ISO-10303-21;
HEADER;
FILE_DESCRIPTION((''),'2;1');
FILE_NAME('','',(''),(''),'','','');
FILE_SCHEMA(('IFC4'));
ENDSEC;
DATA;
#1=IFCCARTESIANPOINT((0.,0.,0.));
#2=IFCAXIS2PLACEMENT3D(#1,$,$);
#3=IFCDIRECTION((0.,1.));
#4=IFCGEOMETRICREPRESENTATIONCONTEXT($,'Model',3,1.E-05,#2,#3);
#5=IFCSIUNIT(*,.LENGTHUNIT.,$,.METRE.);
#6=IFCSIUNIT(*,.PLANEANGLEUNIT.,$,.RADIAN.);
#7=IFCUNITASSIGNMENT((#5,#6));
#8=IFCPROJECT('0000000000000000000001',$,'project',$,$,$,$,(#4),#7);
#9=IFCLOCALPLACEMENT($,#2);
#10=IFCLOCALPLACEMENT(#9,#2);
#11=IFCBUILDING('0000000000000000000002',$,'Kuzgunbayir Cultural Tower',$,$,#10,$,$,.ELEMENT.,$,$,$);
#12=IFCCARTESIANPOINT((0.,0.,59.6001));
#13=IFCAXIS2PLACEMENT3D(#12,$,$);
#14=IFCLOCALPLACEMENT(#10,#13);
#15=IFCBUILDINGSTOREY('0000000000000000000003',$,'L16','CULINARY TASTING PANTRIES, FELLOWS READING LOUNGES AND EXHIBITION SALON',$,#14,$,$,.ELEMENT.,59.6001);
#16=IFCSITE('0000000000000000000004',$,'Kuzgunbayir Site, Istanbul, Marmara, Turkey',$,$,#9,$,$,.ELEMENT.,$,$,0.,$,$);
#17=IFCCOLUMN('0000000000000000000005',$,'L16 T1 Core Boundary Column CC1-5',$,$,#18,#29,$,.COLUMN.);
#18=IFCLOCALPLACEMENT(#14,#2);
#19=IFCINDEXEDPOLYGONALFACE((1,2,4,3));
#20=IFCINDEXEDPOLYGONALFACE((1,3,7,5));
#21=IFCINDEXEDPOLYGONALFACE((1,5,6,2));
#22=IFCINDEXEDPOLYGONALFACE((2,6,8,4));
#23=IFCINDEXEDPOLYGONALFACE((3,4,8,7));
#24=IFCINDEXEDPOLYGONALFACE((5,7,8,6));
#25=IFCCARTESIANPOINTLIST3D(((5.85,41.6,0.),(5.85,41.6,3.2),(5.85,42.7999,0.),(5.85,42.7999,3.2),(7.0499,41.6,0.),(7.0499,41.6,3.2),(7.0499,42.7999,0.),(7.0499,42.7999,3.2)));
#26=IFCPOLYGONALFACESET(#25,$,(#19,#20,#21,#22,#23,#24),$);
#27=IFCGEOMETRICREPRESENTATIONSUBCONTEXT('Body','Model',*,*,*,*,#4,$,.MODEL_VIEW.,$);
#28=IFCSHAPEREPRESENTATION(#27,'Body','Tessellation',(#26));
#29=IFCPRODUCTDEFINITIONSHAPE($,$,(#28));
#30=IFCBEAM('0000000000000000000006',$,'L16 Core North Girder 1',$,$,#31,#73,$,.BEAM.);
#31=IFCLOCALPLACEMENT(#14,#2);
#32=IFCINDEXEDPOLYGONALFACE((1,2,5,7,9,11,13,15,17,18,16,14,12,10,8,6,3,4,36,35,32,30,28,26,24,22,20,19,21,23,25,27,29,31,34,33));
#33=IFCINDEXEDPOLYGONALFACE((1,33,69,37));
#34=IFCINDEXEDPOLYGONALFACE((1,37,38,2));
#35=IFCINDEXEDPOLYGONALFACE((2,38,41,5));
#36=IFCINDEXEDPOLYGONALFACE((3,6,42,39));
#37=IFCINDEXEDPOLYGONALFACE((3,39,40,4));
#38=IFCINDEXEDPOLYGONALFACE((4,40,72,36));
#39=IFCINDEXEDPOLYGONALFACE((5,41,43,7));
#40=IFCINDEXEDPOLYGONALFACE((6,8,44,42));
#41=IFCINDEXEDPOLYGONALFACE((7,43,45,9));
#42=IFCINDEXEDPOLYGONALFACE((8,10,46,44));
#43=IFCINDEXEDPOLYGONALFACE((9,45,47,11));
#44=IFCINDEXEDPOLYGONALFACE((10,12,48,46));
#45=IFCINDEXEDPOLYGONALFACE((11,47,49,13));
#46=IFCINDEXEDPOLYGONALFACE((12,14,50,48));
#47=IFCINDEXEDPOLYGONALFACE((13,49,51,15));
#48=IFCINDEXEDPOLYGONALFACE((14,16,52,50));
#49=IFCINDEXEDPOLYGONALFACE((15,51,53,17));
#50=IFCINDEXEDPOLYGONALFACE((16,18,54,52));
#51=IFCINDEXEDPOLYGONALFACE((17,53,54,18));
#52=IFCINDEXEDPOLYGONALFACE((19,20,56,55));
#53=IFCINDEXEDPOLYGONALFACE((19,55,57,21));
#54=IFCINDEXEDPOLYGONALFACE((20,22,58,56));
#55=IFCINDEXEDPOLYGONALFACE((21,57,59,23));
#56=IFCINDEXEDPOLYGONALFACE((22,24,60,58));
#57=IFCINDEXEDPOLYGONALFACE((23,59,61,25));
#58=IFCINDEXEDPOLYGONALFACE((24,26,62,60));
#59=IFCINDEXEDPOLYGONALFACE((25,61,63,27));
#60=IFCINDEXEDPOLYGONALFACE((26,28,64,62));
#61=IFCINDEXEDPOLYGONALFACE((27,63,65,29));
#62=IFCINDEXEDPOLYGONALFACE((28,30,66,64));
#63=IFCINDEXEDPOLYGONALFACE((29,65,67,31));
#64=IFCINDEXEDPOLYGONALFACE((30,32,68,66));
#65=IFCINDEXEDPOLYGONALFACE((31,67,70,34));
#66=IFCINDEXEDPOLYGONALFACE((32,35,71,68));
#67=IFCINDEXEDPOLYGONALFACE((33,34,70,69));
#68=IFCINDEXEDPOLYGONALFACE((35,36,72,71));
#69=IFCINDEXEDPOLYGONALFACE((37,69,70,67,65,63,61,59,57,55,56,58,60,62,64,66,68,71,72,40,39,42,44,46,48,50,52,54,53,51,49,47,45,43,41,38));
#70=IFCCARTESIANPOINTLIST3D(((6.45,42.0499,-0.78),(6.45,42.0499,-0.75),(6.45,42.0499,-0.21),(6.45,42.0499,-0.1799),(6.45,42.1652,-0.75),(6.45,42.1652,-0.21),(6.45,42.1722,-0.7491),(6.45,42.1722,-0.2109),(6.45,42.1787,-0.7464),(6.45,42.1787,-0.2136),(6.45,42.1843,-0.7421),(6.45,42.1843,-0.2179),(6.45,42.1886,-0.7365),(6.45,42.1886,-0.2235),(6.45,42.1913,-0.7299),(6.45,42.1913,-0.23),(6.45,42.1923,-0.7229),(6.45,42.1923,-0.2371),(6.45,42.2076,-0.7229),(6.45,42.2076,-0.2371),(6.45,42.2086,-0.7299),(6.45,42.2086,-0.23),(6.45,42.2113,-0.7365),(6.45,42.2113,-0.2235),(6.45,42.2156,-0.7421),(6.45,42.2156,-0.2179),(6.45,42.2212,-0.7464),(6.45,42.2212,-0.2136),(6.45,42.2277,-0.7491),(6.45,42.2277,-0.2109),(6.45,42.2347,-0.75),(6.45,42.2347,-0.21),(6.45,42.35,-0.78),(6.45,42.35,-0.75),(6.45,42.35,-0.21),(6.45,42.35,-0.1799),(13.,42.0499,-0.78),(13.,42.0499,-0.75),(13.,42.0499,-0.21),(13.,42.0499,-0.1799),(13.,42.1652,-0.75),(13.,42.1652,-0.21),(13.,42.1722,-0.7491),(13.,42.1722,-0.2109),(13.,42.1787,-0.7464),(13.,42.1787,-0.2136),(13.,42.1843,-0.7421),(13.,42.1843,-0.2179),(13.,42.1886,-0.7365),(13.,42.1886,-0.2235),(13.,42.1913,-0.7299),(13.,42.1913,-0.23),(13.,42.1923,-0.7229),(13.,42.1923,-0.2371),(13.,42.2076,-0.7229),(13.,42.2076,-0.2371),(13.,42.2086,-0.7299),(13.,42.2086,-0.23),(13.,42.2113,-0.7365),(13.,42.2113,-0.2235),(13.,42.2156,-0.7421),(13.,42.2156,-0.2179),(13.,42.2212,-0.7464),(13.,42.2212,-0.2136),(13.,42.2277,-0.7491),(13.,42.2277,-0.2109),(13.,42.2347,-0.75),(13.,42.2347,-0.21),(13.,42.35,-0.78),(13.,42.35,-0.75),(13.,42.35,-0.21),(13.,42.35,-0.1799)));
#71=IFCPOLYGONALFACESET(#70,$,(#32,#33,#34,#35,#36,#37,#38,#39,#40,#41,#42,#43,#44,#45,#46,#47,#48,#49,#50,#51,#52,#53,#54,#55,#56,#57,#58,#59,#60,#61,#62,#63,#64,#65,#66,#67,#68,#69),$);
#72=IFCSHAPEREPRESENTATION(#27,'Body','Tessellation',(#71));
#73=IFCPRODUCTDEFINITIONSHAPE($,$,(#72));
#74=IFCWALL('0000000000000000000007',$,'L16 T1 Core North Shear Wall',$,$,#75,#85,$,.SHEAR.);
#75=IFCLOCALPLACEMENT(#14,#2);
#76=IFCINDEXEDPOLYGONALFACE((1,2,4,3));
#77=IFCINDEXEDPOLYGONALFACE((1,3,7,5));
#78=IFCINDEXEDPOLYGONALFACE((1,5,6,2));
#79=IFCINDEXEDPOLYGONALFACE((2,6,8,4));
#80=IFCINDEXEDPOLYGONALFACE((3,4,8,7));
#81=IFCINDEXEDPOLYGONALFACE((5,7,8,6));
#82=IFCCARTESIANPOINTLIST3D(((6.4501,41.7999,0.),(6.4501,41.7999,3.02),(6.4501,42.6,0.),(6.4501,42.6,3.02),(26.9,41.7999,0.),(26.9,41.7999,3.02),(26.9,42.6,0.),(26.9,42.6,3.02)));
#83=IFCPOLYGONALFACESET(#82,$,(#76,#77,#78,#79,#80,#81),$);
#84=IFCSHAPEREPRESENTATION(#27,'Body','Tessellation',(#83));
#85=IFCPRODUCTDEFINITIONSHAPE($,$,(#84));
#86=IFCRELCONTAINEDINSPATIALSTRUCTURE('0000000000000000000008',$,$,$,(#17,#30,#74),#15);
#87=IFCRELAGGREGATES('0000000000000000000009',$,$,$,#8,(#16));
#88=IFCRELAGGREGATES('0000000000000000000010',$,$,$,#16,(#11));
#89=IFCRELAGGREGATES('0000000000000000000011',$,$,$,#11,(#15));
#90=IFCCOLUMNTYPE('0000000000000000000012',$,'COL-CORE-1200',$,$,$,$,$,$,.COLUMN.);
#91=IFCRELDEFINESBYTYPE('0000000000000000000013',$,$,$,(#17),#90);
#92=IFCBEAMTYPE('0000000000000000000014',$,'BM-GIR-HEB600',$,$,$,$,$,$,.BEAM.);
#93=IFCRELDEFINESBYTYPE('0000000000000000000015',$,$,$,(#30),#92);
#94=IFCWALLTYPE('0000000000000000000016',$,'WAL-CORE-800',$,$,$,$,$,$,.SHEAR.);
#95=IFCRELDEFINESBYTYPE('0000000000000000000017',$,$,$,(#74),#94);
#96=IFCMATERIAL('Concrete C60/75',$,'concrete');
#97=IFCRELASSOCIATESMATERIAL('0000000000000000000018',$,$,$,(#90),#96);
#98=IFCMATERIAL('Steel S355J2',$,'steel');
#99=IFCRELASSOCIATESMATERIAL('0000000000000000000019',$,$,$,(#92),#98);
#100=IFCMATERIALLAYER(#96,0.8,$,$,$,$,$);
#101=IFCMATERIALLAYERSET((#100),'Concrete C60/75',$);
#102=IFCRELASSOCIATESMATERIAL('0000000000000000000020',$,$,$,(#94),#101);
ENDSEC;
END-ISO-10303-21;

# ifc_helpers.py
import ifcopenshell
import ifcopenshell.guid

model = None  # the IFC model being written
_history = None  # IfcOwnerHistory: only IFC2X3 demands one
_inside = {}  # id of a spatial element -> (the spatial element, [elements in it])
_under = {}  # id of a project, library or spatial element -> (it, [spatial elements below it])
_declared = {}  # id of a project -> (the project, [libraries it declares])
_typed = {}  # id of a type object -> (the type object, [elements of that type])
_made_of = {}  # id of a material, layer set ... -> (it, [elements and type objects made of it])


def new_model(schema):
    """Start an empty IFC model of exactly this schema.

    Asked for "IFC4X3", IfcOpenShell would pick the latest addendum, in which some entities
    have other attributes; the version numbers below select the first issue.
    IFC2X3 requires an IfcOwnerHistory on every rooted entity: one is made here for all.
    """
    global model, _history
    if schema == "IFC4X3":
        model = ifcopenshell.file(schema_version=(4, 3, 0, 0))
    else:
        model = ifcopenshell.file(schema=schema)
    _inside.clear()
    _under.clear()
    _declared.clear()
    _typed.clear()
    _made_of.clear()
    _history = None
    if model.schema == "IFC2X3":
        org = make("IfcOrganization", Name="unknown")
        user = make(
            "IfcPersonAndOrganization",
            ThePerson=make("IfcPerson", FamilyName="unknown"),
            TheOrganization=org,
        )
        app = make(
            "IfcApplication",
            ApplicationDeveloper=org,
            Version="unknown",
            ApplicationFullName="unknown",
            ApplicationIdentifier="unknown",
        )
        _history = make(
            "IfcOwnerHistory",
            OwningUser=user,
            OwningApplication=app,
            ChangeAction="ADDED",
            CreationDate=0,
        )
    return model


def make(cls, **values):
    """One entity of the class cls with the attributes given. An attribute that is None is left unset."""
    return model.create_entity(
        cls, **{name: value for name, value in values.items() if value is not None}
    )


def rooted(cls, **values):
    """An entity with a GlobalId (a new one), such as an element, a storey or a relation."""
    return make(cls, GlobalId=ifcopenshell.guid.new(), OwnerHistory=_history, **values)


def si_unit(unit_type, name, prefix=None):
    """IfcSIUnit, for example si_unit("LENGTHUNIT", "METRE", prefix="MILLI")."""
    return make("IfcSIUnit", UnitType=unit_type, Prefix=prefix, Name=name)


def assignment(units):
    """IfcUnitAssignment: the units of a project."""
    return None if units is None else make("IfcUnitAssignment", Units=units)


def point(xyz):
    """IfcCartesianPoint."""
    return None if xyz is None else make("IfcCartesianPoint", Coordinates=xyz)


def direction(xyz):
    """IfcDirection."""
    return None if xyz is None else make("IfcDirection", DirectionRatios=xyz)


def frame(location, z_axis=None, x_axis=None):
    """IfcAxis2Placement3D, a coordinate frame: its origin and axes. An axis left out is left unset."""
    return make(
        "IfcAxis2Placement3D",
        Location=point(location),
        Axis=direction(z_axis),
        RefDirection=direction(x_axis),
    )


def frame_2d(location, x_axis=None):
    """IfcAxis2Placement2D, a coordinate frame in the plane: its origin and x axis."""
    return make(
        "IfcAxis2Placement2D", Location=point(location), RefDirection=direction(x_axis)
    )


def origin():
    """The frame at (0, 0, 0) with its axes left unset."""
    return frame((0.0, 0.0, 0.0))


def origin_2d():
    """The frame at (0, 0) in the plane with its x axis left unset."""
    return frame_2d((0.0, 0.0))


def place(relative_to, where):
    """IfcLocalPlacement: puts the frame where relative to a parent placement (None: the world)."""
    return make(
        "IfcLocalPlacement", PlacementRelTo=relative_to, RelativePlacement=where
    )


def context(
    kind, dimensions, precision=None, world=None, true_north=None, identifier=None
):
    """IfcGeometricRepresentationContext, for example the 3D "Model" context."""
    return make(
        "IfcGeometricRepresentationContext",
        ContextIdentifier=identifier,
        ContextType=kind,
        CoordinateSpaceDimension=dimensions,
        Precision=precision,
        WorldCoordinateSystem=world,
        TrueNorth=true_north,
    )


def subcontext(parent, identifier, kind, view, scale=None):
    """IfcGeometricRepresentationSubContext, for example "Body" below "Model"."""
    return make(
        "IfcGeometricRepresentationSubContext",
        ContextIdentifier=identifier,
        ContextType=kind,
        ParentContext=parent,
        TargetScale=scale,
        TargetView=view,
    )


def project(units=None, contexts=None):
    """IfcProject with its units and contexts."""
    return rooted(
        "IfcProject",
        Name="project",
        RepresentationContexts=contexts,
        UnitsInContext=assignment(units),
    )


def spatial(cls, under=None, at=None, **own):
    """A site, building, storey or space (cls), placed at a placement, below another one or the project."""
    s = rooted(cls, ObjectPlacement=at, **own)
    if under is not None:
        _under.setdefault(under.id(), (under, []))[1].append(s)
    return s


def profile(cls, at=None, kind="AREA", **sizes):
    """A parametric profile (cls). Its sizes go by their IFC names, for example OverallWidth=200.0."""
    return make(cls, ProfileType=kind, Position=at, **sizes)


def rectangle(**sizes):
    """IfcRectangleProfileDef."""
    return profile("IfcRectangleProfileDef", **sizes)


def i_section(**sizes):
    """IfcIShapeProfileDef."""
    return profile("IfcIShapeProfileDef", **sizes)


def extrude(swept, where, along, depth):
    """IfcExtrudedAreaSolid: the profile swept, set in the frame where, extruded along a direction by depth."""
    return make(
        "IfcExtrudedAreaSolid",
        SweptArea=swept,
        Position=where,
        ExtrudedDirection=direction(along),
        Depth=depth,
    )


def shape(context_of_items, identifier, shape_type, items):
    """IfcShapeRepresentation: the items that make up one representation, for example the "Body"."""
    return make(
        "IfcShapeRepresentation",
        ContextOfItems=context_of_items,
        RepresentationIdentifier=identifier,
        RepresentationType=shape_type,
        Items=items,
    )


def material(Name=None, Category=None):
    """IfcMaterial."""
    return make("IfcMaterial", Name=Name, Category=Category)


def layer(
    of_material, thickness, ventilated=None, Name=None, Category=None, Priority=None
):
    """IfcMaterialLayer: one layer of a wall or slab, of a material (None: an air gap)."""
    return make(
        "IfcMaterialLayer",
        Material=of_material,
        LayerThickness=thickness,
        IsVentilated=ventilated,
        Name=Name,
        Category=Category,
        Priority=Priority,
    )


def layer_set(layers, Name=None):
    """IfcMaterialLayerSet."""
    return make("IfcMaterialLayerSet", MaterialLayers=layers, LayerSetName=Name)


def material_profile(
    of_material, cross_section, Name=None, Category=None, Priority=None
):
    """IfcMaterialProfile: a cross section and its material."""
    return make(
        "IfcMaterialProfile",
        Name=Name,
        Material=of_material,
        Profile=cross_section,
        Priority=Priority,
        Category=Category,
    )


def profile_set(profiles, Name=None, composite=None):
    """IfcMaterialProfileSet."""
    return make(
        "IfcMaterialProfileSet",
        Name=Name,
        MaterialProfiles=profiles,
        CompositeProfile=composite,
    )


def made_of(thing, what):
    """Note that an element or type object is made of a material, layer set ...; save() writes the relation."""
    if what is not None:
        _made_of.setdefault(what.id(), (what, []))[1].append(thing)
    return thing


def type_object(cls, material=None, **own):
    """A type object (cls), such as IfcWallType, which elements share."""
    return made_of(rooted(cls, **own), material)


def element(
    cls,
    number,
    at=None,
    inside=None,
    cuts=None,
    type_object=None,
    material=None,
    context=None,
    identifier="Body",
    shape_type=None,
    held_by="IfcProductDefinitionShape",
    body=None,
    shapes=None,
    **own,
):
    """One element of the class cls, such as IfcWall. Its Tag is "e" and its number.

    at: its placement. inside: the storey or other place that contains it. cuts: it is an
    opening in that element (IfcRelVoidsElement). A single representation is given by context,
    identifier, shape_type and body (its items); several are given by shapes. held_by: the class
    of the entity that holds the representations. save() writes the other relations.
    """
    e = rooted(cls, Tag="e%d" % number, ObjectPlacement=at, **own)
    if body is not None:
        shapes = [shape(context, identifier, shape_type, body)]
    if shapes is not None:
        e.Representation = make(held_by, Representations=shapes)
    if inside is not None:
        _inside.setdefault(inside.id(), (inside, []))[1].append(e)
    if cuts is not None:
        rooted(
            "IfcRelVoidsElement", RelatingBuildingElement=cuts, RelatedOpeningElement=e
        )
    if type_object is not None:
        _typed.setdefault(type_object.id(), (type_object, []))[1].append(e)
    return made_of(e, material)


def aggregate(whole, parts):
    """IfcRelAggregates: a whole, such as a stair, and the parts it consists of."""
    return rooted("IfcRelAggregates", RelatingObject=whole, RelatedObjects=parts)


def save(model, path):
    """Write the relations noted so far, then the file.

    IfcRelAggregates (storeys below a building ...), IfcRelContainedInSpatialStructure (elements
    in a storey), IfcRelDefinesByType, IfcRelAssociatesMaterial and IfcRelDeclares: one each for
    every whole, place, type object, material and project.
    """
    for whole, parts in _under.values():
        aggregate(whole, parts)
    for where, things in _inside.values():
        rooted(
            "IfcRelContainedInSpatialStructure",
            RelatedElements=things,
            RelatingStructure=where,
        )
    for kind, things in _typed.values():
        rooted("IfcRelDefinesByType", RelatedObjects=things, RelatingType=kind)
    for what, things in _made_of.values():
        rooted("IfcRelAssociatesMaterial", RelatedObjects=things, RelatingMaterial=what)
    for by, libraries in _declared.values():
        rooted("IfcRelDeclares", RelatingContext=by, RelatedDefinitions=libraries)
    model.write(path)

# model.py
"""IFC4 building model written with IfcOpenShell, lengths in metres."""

from ifc_helpers import new_model, si_unit, direction, frame, frame_2d, origin, origin_2d, place, context, subcontext, project, spatial, rectangle, i_section, extrude, material, layer, layer_set, material_profile, profile_set, type_object, element, save


model = new_model("IFC4")

# Units and contexts
model_context = context("Model", 3, precision=1e-05, world=origin(), true_north=direction((0.0, 1.0)))
body_context = subcontext(model_context, "Body", "Model", "MODEL_VIEW")
ifc_project = project(units=[si_unit("LENGTHUNIT", "METRE"), si_unit("PLANEANGLEUNIT", "RADIAN")], contexts=[model_context])

# Site, building, storey
site_placement = place(None, origin())
site = spatial("IfcSite", under=ifc_project, at=site_placement, Name="Kuzgunbayir Site, Istanbul, Marmara, Turkey", CompositionType="ELEMENT", RefElevation=0.0)
building_placement = place(site_placement, origin())
building = spatial("IfcBuilding", under=site, at=building_placement, Name="Kuzgunbayir Cultural Tower", CompositionType="ELEMENT")
storey_placement = place(building_placement, frame((0.0, 0.0, 59.6001)))
storey = spatial("IfcBuildingStorey", under=building, at=storey_placement, Name="L16", Description="CULINARY TASTING PANTRIES, FELLOWS READING LOUNGES AND EXHIBITION SALON", CompositionType="ELEMENT", Elevation=59.6001)

# Column
ifc_material_1 = material(Name="Concrete C60/75", Category="concrete")
ifc_material_profile_1 = material_profile(ifc_material_1, rectangle(XDim=1.2, YDim=1.2, at=origin_2d()), Name="RC 1200x1200")
ifc_profile_set_1 = profile_set([ifc_material_profile_1], Name="Concrete C60/75")
column_type = type_object("IfcColumnType", Name="COL-CORE-1200", PredefinedType="COLUMN", material=ifc_profile_set_1)
column_placement = place(storey_placement, frame((6.45, 42.2, 0.0), z_axis=(0.0, 0.0, 1.0), x_axis=(1.0, 0.0, 0.0)))
element("IfcColumn", 1, at=column_placement, inside=storey, type_object=column_type, Name="L16 T1 Core Boundary Column CC1-5", PredefinedType="COLUMN", context=body_context, shape_type="SweptSolid", body=[
    extrude(rectangle(XDim=1.2, YDim=1.2, at=origin_2d()), origin(), (0.0, 0.0, 1.0), 3.2),
])

# Beam
ifc_material_2 = material(Name="Steel S355J2", Category="steel")
ifc_material_profile_2 = material_profile(ifc_material_2, i_section(OverallWidth=0.3, OverallDepth=0.6001, WebThickness=0.0154, FlangeThickness=0.03, FilletRadius=0.0271, at=origin_2d()), Name="HEB 600")
ifc_profile_set_2 = profile_set([ifc_material_profile_2], Name="Steel S355J2")
beam_type = type_object("IfcBeamType", Name="BM-GIR-HEB600", PredefinedType="BEAM", material=ifc_profile_set_2)
beam_placement = place(storey_placement, frame((6.45, 42.2, -0.48), z_axis=(1.0, 0.0, 0.0), x_axis=(0.0, 1.0, 0.0)))
element("IfcBeam", 2, at=beam_placement, inside=storey, type_object=beam_type, Name="L16 Core North Girder 1", PredefinedType="BEAM", context=body_context, shape_type="SweptSolid", body=[
    extrude(i_section(OverallWidth=0.3, OverallDepth=0.6001, WebThickness=0.0154, FlangeThickness=0.03, FilletRadius=0.0271, at=origin_2d()), origin(), (0.0, 0.0, 1.0), 6.55),
])

# Wall
ifc_layer_1 = layer(ifc_material_1, 0.8)
ifc_layer_set_1 = layer_set([ifc_layer_1], Name="Concrete C60/75")
wall_type_1 = type_object("IfcWallType", Name="WAL-CORE-800", PredefinedType="SHEAR", material=ifc_layer_set_1)
wall_1_placement = place(storey_placement, frame((6.45, 42.2, 0.0), z_axis=(0.0, 0.0, 1.0), x_axis=(1.0, 0.0, 0.0)))
element("IfcWall", 3, at=wall_1_placement, inside=storey, type_object=wall_type_1, Name="L16 T1 Core North Shear Wall", PredefinedType="SHEAR", context=body_context, shape_type="SweptSolid", body=[
    extrude(rectangle(XDim=20.45, YDim=0.8, at=frame_2d((10.2251, 0.0))), origin(), (0.0, 0.0, 1.0), 3.02),
])

save(model, "model.ifc")
